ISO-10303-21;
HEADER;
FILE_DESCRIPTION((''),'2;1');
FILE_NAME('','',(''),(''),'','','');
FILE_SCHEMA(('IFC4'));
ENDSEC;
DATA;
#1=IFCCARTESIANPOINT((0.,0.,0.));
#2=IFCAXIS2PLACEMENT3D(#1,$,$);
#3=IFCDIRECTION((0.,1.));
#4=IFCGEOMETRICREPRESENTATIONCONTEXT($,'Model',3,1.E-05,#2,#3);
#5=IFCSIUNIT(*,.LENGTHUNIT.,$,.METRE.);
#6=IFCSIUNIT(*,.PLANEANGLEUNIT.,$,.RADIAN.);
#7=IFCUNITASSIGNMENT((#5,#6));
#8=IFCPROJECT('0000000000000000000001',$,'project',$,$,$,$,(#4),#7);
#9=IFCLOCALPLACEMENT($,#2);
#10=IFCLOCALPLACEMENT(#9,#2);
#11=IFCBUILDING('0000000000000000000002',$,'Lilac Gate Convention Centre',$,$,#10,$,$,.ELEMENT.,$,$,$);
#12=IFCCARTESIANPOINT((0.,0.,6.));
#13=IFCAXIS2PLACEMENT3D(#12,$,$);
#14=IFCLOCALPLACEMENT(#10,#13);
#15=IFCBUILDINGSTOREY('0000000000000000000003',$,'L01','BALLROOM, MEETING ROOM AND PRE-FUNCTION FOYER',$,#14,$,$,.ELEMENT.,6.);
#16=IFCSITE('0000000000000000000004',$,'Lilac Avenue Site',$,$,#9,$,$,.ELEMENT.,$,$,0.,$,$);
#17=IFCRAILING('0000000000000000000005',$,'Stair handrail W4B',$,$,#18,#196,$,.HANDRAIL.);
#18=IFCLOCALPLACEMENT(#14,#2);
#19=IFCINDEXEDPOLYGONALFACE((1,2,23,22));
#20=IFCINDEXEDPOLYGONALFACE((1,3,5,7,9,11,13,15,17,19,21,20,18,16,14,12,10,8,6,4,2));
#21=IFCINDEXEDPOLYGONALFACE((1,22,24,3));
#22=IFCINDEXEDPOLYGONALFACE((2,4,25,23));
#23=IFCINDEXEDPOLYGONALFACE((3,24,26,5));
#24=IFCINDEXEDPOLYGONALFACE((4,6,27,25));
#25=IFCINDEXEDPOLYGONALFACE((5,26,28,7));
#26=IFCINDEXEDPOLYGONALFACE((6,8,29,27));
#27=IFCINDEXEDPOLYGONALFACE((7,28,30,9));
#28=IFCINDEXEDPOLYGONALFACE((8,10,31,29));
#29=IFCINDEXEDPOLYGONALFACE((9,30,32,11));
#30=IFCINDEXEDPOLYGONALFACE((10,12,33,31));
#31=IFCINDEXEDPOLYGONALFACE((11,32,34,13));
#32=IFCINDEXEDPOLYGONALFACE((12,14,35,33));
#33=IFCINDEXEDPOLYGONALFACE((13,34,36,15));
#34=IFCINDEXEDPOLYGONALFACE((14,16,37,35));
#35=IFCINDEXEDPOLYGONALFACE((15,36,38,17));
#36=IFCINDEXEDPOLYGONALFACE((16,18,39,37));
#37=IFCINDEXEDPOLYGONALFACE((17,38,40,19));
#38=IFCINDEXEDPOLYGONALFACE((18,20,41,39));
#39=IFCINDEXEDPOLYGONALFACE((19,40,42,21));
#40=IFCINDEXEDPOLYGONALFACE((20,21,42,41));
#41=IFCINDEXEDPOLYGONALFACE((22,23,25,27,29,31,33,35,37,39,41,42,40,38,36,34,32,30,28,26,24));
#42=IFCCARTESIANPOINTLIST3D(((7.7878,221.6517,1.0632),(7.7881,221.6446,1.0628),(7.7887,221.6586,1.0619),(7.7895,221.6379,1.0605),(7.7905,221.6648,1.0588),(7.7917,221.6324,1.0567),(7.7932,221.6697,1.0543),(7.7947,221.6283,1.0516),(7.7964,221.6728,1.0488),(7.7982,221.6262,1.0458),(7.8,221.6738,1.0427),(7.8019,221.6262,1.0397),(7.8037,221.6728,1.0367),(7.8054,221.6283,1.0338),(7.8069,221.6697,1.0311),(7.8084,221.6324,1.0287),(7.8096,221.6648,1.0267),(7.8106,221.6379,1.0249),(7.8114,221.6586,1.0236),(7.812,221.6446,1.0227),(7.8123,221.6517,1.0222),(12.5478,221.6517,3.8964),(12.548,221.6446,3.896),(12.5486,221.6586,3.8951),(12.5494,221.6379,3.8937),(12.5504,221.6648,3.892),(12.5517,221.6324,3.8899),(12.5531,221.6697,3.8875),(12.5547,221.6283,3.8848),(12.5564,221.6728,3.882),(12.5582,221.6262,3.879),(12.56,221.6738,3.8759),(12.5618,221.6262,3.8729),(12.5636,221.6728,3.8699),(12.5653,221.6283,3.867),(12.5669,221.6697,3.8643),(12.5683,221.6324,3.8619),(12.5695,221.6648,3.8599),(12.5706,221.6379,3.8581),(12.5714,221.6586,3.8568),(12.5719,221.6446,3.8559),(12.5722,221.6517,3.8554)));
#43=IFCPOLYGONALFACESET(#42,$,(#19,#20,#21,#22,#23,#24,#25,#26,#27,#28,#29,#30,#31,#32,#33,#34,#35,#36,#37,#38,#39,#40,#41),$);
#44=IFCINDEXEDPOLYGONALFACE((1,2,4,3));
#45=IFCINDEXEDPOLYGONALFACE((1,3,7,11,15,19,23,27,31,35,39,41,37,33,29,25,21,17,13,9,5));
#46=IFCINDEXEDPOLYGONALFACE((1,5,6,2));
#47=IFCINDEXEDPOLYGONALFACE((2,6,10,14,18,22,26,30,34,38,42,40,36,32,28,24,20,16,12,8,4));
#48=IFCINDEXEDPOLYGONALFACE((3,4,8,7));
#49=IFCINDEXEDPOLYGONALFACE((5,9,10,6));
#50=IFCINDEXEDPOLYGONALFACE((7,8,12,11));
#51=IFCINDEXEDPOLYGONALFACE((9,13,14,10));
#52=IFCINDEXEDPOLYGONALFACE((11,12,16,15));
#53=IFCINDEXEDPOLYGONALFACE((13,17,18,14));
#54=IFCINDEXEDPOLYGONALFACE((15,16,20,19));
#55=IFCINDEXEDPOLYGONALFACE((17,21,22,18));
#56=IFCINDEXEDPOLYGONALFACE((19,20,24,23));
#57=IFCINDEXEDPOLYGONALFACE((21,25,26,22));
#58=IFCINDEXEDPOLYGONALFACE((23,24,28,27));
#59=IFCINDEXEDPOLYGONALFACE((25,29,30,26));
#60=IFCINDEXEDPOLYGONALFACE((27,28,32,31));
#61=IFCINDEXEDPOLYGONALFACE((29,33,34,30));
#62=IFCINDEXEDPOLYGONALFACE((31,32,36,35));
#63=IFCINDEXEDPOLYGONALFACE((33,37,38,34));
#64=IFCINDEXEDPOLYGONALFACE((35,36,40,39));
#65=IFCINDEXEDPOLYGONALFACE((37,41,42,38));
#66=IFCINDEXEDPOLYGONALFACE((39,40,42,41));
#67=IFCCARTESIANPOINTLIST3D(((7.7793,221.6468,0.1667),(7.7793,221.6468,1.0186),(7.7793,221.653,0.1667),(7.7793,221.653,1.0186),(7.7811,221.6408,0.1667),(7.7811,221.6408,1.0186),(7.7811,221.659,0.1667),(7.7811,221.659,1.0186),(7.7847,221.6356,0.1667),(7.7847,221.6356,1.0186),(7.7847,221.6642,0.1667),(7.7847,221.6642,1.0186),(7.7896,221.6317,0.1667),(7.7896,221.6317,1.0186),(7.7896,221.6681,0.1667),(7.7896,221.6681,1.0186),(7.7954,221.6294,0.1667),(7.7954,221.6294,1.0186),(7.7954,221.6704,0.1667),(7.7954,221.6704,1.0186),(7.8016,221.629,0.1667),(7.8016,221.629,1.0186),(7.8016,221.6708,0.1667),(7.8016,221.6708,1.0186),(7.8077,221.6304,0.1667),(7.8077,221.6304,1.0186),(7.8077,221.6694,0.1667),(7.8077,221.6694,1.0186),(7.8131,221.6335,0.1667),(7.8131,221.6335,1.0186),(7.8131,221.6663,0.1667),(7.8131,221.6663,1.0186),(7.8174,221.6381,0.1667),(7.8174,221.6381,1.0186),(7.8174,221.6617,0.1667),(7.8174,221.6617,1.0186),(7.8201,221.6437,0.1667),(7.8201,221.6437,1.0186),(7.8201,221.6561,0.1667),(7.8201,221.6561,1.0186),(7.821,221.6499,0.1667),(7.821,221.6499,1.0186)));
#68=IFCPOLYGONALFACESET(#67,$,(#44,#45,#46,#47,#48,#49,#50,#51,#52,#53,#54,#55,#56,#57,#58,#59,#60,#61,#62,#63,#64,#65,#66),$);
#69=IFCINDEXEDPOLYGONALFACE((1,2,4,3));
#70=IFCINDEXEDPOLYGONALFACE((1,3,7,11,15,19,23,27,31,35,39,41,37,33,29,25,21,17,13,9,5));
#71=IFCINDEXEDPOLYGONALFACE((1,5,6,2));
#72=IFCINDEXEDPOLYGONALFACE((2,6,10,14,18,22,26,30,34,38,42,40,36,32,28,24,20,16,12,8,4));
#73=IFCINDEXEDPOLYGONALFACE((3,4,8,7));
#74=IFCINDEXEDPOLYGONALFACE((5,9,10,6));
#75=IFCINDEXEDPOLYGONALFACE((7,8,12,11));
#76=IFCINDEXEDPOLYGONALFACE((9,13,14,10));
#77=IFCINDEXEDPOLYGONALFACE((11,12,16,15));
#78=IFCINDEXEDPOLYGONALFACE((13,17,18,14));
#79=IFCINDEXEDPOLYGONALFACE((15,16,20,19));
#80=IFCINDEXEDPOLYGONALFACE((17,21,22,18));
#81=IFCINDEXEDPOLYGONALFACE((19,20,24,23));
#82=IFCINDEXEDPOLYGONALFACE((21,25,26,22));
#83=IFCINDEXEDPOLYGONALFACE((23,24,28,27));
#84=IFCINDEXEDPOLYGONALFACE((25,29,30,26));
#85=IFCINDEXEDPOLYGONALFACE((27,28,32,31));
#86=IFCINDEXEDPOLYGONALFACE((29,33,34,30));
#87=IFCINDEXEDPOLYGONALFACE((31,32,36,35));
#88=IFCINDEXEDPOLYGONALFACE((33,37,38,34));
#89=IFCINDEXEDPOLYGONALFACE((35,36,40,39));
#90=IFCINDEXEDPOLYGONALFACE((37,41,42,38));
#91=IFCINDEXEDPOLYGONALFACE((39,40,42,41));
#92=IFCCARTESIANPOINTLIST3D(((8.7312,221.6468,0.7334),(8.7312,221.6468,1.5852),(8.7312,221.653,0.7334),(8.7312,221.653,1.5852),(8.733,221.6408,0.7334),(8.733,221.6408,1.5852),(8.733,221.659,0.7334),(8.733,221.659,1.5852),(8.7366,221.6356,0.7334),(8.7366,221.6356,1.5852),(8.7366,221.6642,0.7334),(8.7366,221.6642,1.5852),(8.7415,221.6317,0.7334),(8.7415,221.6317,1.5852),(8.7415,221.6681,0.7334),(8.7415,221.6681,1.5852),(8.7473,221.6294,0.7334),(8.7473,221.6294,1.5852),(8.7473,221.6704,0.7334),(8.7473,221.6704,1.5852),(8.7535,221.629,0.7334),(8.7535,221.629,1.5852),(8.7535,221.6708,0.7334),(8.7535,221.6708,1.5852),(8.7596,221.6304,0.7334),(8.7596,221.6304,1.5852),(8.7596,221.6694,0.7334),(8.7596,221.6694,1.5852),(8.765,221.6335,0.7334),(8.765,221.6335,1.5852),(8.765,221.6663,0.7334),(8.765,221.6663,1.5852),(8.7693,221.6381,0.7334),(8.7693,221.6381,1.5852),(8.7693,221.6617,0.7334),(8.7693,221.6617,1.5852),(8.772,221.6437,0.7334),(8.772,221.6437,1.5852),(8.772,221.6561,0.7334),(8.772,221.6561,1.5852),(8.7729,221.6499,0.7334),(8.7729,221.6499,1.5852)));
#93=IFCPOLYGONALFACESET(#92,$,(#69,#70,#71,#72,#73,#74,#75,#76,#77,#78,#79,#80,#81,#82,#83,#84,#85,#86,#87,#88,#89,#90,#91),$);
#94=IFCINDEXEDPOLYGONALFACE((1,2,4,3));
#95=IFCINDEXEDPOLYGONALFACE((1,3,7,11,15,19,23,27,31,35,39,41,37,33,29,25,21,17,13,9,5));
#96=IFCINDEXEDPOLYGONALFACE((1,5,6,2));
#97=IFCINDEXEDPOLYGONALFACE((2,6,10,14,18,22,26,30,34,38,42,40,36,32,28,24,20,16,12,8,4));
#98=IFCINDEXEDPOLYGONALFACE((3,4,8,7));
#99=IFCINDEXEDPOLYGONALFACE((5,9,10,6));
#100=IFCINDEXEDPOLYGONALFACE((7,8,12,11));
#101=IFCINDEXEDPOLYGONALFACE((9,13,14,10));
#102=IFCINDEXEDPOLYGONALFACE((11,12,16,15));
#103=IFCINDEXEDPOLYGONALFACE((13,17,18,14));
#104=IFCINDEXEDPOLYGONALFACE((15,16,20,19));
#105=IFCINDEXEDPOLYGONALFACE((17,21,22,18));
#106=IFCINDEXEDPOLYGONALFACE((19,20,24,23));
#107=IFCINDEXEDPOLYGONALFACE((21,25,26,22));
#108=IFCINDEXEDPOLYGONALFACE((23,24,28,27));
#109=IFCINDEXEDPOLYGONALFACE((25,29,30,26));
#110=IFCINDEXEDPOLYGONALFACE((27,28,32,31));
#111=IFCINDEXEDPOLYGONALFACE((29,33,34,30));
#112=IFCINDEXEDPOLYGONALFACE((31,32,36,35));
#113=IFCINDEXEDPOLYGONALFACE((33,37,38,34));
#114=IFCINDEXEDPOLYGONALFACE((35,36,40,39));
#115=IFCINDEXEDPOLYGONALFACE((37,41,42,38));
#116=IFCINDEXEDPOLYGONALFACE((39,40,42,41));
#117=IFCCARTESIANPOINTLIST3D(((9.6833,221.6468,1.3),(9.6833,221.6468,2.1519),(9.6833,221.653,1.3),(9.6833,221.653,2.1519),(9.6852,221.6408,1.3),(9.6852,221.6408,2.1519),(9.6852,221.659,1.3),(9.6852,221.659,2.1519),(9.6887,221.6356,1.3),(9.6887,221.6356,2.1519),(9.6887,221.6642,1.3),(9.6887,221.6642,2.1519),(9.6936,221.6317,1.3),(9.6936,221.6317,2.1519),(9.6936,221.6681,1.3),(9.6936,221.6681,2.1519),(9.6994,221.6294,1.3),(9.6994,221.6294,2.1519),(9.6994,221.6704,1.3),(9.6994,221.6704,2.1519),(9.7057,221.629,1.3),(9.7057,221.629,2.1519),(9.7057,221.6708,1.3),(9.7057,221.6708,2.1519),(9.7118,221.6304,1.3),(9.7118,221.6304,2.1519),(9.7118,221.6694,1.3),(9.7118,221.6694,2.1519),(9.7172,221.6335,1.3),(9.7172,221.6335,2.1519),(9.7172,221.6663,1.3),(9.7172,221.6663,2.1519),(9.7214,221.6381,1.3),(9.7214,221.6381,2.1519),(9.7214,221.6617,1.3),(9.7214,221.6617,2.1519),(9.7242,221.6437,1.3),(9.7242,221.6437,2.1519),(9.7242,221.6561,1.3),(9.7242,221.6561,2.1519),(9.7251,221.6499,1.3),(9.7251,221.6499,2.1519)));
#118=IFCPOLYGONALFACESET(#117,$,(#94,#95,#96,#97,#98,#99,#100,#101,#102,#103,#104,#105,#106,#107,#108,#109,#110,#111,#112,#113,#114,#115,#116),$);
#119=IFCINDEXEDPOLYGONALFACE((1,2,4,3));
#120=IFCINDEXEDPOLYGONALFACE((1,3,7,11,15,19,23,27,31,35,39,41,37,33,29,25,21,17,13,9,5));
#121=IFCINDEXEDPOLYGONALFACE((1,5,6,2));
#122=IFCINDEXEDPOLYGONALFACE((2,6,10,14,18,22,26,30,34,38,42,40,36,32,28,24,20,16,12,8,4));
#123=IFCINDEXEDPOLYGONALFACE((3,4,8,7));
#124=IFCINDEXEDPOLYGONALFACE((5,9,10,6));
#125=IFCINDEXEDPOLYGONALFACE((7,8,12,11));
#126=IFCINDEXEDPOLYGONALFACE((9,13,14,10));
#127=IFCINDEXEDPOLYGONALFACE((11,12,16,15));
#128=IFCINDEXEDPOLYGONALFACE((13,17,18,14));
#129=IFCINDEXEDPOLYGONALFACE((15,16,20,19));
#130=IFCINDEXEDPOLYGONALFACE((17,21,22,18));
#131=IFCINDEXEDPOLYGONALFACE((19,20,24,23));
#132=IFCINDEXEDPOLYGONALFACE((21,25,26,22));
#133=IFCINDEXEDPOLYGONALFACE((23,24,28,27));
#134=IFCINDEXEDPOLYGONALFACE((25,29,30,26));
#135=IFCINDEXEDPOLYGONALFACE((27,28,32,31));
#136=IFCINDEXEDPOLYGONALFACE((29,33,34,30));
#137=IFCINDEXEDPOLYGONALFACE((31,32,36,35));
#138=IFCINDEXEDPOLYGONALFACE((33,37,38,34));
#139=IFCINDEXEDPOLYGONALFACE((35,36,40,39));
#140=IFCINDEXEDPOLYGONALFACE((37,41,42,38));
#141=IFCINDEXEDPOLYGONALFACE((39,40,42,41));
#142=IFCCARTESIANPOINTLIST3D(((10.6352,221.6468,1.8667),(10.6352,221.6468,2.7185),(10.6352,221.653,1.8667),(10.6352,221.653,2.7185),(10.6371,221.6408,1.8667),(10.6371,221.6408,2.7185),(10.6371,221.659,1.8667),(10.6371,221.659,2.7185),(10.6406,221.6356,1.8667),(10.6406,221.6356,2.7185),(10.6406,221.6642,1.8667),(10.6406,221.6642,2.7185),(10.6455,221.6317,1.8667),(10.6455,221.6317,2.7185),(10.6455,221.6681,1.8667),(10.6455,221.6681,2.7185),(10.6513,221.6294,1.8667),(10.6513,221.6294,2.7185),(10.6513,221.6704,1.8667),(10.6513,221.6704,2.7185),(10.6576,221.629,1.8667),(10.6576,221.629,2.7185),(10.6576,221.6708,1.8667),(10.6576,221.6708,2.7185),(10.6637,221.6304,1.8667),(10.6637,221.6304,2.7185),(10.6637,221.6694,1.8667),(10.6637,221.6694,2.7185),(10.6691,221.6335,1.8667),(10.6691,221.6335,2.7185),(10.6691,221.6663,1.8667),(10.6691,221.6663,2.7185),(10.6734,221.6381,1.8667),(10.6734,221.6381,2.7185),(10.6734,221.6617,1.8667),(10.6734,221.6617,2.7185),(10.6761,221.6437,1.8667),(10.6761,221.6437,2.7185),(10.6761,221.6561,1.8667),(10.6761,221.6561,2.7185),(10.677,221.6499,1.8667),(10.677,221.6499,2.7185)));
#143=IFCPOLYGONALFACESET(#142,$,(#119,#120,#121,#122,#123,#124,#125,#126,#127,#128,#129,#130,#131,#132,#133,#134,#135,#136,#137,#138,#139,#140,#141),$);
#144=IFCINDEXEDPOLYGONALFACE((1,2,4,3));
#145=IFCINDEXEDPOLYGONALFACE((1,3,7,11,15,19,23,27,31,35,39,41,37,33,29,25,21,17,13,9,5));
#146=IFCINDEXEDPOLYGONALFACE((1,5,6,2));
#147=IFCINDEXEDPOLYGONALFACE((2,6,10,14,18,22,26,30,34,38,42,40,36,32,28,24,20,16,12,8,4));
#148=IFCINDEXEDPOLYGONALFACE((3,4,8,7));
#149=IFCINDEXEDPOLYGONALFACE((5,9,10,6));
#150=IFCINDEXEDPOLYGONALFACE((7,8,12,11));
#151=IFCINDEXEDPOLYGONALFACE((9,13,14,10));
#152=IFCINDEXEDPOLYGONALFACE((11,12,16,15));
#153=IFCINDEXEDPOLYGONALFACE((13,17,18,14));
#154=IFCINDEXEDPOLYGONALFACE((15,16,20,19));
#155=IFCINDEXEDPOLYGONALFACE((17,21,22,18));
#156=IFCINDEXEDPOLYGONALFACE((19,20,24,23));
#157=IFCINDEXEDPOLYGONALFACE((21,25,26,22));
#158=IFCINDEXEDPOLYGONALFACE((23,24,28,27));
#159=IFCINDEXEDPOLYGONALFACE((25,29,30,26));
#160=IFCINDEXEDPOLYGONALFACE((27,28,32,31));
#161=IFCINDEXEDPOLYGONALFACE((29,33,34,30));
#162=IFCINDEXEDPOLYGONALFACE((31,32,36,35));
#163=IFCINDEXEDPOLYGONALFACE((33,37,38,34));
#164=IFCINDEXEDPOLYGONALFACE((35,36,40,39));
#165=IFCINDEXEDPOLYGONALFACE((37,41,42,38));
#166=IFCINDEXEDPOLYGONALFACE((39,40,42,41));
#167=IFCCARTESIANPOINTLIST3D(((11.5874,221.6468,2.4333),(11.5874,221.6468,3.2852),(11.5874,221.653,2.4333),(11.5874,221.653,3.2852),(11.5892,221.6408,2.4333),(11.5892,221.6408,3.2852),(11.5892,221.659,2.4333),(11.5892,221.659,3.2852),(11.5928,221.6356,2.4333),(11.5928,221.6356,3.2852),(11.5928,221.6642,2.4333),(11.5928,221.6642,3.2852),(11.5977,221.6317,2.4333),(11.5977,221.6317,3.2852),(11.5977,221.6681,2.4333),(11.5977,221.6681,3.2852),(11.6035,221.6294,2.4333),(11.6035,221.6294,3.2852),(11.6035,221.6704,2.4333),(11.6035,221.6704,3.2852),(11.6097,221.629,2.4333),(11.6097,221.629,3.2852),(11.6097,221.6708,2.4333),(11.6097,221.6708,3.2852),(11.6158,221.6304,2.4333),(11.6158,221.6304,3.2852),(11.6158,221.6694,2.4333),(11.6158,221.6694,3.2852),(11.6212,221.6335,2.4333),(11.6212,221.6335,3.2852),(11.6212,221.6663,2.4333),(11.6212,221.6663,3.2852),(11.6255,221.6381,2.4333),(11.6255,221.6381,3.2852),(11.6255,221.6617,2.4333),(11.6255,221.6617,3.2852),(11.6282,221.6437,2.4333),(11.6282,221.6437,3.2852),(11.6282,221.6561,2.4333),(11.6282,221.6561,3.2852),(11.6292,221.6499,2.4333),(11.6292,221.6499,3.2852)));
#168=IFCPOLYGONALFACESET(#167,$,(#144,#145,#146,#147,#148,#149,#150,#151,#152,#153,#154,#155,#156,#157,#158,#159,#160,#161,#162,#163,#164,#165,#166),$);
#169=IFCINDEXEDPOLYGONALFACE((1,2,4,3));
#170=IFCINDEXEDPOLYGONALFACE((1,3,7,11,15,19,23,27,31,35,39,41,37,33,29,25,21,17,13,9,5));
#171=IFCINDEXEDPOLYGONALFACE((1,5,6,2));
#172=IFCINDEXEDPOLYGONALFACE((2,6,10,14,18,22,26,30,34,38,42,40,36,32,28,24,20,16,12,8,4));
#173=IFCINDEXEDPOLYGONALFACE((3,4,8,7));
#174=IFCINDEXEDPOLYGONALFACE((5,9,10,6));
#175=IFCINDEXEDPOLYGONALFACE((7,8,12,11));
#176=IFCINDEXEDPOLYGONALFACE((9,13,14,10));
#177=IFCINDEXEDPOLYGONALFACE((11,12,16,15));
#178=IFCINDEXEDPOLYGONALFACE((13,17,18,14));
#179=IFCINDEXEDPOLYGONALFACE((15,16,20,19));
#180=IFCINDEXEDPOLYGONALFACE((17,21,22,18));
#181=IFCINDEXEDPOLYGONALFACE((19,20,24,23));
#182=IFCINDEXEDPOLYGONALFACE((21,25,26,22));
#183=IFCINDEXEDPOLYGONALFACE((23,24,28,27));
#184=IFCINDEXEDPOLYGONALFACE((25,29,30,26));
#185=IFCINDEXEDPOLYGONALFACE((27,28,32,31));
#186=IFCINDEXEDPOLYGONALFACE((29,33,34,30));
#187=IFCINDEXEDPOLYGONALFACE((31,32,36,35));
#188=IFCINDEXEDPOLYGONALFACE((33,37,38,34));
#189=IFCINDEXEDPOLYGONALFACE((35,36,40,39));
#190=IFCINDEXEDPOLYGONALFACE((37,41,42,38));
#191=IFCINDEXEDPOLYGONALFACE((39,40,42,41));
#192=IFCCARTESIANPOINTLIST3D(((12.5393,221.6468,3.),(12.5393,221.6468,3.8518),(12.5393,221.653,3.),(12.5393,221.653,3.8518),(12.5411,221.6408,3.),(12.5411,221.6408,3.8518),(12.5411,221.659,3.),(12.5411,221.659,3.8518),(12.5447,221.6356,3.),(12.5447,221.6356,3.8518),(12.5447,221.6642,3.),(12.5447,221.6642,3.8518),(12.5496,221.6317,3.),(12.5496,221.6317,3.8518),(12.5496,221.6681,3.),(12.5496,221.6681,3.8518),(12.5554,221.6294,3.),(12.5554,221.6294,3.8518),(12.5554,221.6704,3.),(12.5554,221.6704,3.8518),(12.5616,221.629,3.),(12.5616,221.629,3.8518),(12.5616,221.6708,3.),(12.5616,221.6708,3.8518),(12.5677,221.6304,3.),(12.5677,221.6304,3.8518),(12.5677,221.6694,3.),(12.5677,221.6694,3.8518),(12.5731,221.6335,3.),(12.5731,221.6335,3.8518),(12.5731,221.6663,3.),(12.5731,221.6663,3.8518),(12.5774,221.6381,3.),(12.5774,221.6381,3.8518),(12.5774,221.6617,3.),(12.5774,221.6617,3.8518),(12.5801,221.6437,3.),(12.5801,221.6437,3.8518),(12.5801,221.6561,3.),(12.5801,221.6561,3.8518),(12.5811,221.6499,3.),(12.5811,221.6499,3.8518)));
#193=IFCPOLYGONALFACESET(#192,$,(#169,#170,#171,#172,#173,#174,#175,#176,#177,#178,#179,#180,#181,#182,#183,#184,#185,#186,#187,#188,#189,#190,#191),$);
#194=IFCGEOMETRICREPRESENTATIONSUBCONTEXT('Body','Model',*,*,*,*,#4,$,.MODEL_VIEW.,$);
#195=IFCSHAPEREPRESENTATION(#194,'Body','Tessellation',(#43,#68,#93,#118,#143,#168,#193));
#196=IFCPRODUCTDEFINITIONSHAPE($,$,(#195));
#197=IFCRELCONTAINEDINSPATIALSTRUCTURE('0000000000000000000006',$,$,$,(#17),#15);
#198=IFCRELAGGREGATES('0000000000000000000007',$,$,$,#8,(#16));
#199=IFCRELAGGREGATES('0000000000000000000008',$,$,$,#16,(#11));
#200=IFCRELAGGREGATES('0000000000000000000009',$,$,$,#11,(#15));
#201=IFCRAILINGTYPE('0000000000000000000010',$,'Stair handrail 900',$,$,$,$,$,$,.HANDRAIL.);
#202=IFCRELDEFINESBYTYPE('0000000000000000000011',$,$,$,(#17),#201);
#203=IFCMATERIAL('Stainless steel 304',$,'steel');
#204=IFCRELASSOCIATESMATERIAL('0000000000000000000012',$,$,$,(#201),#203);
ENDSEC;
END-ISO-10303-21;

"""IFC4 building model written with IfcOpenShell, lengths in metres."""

from ifc_helpers import new_model, si_unit, direction, frame, origin, origin_2d, place, context, subcontext, project, spatial, circle, extrude, material, type_object, element, save


model = new_model("IFC4")

# Units and contexts
model_context = context("Model", 3, precision=1e-05, world=origin(), true_north=direction((0.0, 1.0)))
body_context = subcontext(model_context, "Body", "Model", "MODEL_VIEW")
ifc_project = project(units=[si_unit("LENGTHUNIT", "METRE"), si_unit("PLANEANGLEUNIT", "RADIAN")], contexts=[model_context])

# Site, building, storey
site_placement = place(None, origin())
site = spatial("IfcSite", under=ifc_project, at=site_placement, Name="Lilac Avenue Site", CompositionType="ELEMENT", RefElevation=0.0)
building_placement = place(site_placement, origin())
building = spatial("IfcBuilding", under=site, at=building_placement, Name="Lilac Gate Convention Centre", CompositionType="ELEMENT")
storey_placement = place(building_placement, frame((0.0, 0.0, 6.0)))
storey = spatial("IfcBuildingStorey", under=building, at=storey_placement, Name="L01", Description="BALLROOM, MEETING ROOM AND PRE-FUNCTION FOYER", CompositionType="ELEMENT", Elevation=6.0)

# Railing
ifc_material_1 = material(Name="Stainless steel 304", Category="steel")
railing_type = type_object("IfcRailingType", Name="Stair handrail 900", PredefinedType="HANDRAIL", material=ifc_material_1)
for number, where, name in (
    (1, (7.8, 221.6499, 0.1667), "Stair handrail W4B"),
):
    element("IfcRailing", number, at=place(storey_placement, frame(where)), inside=storey, type_object=railing_type, Name=name, PredefinedType="HANDRAIL", context=body_context, shape_type="SweptSolid", body=[
        extrude(circle(Radius=0.0239, at=origin_2d()), frame((0.0, 0.0, 0.876), z_axis=(0.8593, 0.0, 0.511472), x_axis=(0.0, 1.0, 0.0)), (0.0, 0.0, 1.0), 5.5393),
        extrude(circle(Radius=0.021, at=origin_2d()), origin(), (0.0, 0.0, 1.0), 0.8518),
        extrude(circle(Radius=0.021, at=origin_2d()), frame((0.9519, 0.0, 0.5667)), (0.0, 0.0, 1.0), 0.8518),
        extrude(circle(Radius=0.021, at=origin_2d()), frame((1.9041, 0.0, 1.1333)), (0.0, 0.0, 1.0), 0.8518),
        extrude(circle(Radius=0.021, at=origin_2d()), frame((2.856, 0.0, 1.7)), (0.0, 0.0, 1.0), 0.8518),
        extrude(circle(Radius=0.021, at=origin_2d()), frame((3.8081, 0.0, 2.2666)), (0.0, 0.0, 1.0), 0.8518),
        extrude(circle(Radius=0.021, at=origin_2d()), frame((4.76, 0.0, 2.8333)), (0.0, 0.0, 1.0), 0.8518),
    ])

save(model, "model.ifc")
